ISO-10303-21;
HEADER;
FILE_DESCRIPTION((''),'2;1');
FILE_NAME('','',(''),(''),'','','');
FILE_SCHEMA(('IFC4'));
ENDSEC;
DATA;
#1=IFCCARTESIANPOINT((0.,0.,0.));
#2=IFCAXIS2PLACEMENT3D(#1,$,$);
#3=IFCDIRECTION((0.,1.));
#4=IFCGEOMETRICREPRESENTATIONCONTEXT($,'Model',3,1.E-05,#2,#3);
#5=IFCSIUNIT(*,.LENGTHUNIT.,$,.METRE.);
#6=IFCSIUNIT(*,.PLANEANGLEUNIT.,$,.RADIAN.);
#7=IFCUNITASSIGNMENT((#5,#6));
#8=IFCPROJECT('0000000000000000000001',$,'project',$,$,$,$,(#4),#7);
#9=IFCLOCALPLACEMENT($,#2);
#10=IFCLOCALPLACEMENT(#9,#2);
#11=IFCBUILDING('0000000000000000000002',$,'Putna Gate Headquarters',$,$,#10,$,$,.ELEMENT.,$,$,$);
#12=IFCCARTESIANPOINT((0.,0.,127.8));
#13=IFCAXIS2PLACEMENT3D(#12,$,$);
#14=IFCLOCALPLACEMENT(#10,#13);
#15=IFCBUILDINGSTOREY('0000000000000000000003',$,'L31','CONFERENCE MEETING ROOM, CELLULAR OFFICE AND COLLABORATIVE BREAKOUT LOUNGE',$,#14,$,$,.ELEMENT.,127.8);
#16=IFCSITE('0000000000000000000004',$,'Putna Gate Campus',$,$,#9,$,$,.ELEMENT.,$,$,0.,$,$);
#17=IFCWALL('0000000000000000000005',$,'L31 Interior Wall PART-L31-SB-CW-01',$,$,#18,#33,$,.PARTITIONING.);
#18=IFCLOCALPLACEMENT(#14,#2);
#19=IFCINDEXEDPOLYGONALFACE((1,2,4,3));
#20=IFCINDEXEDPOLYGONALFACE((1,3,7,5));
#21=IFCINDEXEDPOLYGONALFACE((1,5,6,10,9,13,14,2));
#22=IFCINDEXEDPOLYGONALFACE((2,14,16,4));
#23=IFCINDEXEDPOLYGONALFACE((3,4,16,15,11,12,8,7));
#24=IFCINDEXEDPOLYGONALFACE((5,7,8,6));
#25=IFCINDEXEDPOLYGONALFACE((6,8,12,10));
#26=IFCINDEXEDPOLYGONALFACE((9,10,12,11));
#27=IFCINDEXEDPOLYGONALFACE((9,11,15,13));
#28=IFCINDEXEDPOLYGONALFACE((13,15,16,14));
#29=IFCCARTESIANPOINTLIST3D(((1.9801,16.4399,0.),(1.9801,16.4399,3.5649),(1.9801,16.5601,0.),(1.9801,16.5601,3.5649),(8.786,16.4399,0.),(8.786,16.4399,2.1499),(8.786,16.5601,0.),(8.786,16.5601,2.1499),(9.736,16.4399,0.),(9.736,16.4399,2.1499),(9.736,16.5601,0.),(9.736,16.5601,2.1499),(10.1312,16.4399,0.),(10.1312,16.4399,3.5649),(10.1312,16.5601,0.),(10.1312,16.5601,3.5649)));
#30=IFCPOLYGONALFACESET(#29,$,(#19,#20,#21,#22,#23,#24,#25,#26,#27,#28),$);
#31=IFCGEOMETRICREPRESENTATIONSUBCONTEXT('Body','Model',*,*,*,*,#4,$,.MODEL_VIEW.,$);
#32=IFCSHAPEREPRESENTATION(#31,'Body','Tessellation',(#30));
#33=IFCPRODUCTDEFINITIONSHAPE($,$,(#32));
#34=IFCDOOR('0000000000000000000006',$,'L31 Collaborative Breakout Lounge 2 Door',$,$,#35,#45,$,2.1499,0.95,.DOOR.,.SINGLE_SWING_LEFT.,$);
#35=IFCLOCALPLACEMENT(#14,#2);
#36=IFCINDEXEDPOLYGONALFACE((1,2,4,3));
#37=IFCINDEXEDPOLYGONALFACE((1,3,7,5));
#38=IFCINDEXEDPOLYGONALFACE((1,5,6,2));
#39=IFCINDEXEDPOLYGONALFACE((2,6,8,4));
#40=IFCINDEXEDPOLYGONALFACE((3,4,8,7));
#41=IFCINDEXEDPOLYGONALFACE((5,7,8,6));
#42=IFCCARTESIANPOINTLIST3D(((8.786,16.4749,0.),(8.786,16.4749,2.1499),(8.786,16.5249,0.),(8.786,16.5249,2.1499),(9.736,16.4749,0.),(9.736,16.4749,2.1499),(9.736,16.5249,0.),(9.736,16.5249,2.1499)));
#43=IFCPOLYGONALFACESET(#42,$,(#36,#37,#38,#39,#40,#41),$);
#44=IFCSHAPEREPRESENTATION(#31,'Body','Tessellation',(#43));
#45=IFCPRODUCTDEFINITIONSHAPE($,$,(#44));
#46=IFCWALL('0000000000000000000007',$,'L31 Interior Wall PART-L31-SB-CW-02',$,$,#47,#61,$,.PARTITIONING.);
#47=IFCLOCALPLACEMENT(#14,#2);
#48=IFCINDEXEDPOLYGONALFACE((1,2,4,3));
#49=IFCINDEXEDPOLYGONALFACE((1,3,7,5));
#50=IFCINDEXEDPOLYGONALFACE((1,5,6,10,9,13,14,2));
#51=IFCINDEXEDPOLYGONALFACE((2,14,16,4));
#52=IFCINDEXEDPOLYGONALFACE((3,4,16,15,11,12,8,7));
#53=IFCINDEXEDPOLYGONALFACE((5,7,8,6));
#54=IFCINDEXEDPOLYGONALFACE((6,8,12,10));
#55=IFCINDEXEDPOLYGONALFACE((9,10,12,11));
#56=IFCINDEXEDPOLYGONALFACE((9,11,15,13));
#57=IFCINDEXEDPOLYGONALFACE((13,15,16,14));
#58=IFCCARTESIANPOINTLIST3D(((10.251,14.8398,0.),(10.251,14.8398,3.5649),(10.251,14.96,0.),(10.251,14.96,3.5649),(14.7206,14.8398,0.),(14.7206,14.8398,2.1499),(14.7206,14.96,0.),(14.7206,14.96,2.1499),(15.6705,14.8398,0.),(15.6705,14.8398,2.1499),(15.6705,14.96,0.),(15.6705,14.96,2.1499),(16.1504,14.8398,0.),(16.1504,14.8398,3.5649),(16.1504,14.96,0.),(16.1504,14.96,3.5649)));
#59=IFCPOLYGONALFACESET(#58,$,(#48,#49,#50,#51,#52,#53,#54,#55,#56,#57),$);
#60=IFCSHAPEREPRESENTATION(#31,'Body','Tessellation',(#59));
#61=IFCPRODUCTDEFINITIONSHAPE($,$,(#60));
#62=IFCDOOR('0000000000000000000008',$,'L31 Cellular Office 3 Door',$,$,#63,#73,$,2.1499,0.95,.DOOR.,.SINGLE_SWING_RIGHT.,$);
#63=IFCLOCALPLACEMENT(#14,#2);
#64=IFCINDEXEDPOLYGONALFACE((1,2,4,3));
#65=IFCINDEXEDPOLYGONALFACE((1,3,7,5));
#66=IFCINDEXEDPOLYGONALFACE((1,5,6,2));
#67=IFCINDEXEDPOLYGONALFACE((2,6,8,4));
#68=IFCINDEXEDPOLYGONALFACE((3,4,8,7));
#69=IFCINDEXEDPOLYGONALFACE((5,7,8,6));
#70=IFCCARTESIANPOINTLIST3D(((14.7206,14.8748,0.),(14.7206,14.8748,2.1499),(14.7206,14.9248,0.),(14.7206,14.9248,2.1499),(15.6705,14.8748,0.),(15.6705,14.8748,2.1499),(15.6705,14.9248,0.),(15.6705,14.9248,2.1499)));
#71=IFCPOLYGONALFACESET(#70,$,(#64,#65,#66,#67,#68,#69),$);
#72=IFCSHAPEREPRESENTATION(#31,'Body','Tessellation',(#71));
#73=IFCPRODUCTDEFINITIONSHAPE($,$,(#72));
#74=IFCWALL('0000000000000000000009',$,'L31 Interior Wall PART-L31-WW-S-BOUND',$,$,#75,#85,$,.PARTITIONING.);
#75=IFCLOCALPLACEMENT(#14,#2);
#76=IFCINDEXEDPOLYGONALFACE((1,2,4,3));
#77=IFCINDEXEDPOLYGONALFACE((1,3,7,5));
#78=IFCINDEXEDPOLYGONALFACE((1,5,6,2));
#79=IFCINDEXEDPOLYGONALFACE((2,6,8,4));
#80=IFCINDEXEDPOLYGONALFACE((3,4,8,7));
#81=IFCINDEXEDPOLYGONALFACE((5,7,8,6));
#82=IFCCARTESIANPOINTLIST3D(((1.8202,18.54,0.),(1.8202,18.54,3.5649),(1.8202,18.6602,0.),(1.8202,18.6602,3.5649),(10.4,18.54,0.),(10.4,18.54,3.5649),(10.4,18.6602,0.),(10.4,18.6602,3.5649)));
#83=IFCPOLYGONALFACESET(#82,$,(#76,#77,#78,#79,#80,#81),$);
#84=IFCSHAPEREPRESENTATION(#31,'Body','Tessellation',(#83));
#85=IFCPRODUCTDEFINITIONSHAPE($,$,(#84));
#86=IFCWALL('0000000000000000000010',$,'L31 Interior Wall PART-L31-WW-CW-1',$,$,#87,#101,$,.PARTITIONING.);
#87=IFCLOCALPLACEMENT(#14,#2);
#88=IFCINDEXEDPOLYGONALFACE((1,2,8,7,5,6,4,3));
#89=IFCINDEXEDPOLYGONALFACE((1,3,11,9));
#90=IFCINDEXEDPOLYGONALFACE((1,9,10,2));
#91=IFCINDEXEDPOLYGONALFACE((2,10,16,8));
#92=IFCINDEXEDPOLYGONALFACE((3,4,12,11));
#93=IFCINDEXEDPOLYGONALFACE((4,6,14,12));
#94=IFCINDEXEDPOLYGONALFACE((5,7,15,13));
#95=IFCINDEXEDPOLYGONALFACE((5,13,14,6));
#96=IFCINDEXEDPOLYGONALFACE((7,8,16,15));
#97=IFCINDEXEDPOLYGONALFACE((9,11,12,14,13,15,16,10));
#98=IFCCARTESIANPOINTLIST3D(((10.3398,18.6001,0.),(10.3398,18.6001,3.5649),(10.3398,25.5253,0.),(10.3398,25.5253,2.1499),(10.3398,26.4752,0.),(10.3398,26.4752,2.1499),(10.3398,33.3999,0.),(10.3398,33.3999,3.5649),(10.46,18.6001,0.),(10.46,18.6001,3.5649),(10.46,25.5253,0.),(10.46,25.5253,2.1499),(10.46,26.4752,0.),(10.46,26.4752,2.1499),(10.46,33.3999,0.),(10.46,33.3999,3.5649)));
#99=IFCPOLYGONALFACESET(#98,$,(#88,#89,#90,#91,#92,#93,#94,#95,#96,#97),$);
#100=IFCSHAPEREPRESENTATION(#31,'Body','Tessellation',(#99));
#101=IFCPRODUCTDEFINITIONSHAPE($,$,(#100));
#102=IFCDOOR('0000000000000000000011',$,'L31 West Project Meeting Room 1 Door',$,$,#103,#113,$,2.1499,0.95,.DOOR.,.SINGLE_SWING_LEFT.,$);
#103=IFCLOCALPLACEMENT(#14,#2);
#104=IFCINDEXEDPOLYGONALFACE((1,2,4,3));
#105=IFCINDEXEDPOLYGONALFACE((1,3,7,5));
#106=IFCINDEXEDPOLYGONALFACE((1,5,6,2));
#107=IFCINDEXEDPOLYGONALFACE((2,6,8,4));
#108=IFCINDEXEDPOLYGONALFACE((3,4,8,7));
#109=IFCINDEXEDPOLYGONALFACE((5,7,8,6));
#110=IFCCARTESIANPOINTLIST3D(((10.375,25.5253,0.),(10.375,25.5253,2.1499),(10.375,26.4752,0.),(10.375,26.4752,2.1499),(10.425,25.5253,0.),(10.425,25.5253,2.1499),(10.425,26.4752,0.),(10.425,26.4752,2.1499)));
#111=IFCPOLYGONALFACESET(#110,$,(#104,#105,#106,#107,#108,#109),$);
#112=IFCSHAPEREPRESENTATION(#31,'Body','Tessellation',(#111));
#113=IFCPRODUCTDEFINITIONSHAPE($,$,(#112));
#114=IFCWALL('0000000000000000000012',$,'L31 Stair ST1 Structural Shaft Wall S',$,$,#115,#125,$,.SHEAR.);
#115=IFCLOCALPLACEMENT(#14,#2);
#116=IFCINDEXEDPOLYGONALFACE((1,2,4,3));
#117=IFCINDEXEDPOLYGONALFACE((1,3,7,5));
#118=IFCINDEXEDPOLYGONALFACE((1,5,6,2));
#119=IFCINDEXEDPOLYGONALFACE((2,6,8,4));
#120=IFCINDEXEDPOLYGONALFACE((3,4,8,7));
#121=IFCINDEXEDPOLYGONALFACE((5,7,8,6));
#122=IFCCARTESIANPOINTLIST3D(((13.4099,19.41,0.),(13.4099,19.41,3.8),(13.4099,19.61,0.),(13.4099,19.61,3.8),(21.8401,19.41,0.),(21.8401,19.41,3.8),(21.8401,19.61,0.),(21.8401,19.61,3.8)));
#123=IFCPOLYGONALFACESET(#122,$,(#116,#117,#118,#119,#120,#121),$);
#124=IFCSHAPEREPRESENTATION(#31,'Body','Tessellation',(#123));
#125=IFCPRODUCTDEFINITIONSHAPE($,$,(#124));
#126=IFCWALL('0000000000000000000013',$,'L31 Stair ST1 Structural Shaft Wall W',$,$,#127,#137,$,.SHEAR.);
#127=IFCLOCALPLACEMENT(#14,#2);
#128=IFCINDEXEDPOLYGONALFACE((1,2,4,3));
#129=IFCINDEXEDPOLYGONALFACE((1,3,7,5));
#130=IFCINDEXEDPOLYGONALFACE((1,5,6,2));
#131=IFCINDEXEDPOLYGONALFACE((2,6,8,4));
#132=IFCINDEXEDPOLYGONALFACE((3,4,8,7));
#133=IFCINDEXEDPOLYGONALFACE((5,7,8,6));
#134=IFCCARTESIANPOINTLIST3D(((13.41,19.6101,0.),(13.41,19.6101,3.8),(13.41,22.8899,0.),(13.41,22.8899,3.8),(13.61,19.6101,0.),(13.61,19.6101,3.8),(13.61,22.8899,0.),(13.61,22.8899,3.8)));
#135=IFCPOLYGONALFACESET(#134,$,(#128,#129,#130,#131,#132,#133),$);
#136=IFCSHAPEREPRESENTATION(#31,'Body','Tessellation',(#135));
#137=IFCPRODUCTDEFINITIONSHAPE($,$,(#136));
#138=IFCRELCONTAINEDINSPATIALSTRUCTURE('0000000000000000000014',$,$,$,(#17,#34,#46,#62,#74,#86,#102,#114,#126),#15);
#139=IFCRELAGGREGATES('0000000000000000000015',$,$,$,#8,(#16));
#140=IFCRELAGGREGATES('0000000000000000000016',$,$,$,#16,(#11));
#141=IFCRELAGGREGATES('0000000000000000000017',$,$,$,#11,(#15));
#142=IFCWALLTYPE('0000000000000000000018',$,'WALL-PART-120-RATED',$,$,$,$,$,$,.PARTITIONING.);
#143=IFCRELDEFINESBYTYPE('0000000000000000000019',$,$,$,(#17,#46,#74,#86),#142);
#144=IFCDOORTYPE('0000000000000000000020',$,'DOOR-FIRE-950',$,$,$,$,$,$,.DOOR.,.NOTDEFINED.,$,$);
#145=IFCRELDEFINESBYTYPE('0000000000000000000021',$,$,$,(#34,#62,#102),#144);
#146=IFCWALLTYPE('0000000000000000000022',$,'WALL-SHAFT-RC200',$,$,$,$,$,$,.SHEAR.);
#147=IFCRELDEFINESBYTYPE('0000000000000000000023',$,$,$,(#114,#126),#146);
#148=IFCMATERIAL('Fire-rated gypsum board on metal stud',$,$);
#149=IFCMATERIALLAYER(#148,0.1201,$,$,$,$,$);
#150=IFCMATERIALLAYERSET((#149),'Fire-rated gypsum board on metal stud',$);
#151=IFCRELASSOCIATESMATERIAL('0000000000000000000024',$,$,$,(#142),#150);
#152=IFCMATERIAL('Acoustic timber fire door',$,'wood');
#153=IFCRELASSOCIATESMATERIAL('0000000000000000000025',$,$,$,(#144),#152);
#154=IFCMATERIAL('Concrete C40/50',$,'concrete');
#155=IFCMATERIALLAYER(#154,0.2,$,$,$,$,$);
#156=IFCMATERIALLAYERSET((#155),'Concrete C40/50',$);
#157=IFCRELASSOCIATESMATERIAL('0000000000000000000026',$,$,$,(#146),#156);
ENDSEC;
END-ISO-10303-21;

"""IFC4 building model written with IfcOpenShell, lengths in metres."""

from ifc_helpers import new_model, si_unit, direction, frame, frame_2d, origin, place, context, subcontext, project, spatial, rectangle, extrude, material, layer, layer_set, type_object, element, fill, save


model = new_model("IFC4")

# Units and contexts
model_context = context("Model", 3, precision=1e-05, world=origin(), true_north=direction((0.0, 1.0)))
body_context = subcontext(model_context, "Body", "Model", "MODEL_VIEW")
ifc_project = project(units=[si_unit("LENGTHUNIT", "METRE"), si_unit("PLANEANGLEUNIT", "RADIAN")], contexts=[model_context])

# Site, building, storey
site_placement = place(None, origin())
site = spatial("IfcSite", under=ifc_project, at=site_placement, Name="Putna Gate Campus", CompositionType="ELEMENT", RefElevation=0.0)
building_placement = place(site_placement, origin())
building = spatial("IfcBuilding", under=site, at=building_placement, Name="Putna Gate Headquarters", CompositionType="ELEMENT")
storey_placement = place(building_placement, frame((0.0, 0.0, 127.8)))
storey = spatial("IfcBuildingStorey", under=building, at=storey_placement, Name="L31", Description="CONFERENCE MEETING ROOM, CELLULAR OFFICE AND COLLABORATIVE BREAKOUT LOUNGE", CompositionType="ELEMENT", Elevation=127.8)

# Shared definitions
ifc_material_1 = material(Name="Fire-rated gypsum board on metal stud")
ifc_layer_1 = layer(ifc_material_1, 0.1201)
ifc_layer_set_1 = layer_set([ifc_layer_1], Name="Fire-rated gypsum board on metal stud")
wall_type_1 = type_object("IfcWallType", Name="WALL-PART-120-RATED", PredefinedType="PARTITIONING", material=ifc_layer_set_1)

# Walls, openings, doors
wall_1_placement = place(storey_placement, frame((1.98, 16.5, 0.0), z_axis=(0.0, 0.0, 1.0), x_axis=(1.0, 0.0, 0.0)))
wall_1 = element("IfcWall", 1, at=wall_1_placement, inside=storey, type_object=wall_type_1, Name="L31 Interior Wall PART-L31-SB-CW-01", PredefinedType="PARTITIONING", context=body_context, shape_type="SweptSolid", body=[
    extrude(rectangle(XDim=8.1511, YDim=0.1201, at=frame_2d((4.0757, 0.0))), origin(), (0.0, 0.0, 1.0), 3.5649),
])
opening_1_placement = place(wall_1_placement, frame((6.8059, 0.0, 0.0)))
opening_1 = element("IfcOpeningElement", 2, at=opening_1_placement, cuts=wall_1, PredefinedType="OPENING", context=body_context, shape_type="SweptSolid", body=[
    extrude(rectangle(XDim=0.95, YDim=2.1499, at=frame_2d((0.4751, 1.075))), frame((0.0, 0.0701, 0.0), z_axis=(0.0, -1.0, 0.0), x_axis=(1.0, 0.0, 0.0)), (0.0, 0.0, 1.0), 0.1401),
])
ifc_material_2 = material(Name="Acoustic timber fire door", Category="wood")
door_type_1 = type_object("IfcDoorType", Name="DOOR-FIRE-950", OperationType="NOTDEFINED", PredefinedType="DOOR", material=ifc_material_2)
door_1_placement = place(opening_1_placement, origin())
door_1 = element("IfcDoor", 3, at=door_1_placement, inside=storey, type_object=door_type_1, Name="L31 Collaborative Breakout Lounge 2 Door", OperationType="SINGLE_SWING_LEFT", OverallHeight=2.1499, OverallWidth=0.95, PredefinedType="DOOR", context=body_context, shape_type="SweptSolid", body=[
    extrude(rectangle(XDim=0.95, YDim=2.1499, at=frame_2d((0.4751, 1.075))), frame((0.0, 0.0249, 0.0), z_axis=(0.0, -1.0, 0.0), x_axis=(1.0, 0.0, 0.0)), (0.0, 0.0, 1.0), 0.05),
])
fill(opening_1, door_1)
wall_2_placement = place(storey_placement, frame((10.251, 14.8999, 0.0), z_axis=(0.0, 0.0, 1.0), x_axis=(1.0, 0.0, 0.0)))
wall_2 = element("IfcWall", 4, at=wall_2_placement, inside=storey, type_object=wall_type_1, Name="L31 Interior Wall PART-L31-SB-CW-02", PredefinedType="PARTITIONING", context=body_context, shape_type="SweptSolid", body=[
    extrude(rectangle(XDim=5.8994, YDim=0.1201, at=frame_2d((2.9497, 0.0))), origin(), (0.0, 0.0, 1.0), 3.5649),
])
opening_2_placement = place(wall_2_placement, frame((4.4695, 0.0, 0.0)))
opening_2 = element("IfcOpeningElement", 5, at=opening_2_placement, cuts=wall_2, PredefinedType="OPENING", context=body_context, shape_type="SweptSolid", body=[
    extrude(rectangle(XDim=0.95, YDim=2.1499, at=frame_2d((0.4751, 1.075))), frame((0.0, 0.0701, 0.0), z_axis=(0.0, -1.0, 0.0), x_axis=(1.0, 0.0, 0.0)), (0.0, 0.0, 1.0), 0.1401),
])
door_2_placement = place(opening_2_placement, origin())
door_2 = element("IfcDoor", 6, at=door_2_placement, inside=storey, type_object=door_type_1, Name="L31 Cellular Office 3 Door", OperationType="SINGLE_SWING_RIGHT", OverallHeight=2.1499, OverallWidth=0.95, PredefinedType="DOOR", context=body_context, shape_type="SweptSolid", body=[
    extrude(rectangle(XDim=0.95, YDim=2.1499, at=frame_2d((0.4751, 1.075))), frame((0.0, 0.0249, 0.0), z_axis=(0.0, -1.0, 0.0), x_axis=(1.0, 0.0, 0.0)), (0.0, 0.0, 1.0), 0.05),
])
fill(opening_2, door_2)

# Wall
wall_3_placement = place(storey_placement, frame((1.8201, 18.6001, 0.0), z_axis=(0.0, 0.0, 1.0), x_axis=(1.0, 0.0, 0.0)))
element("IfcWall", 7, at=wall_3_placement, inside=storey, type_object=wall_type_1, Name="L31 Interior Wall PART-L31-WW-S-BOUND", PredefinedType="PARTITIONING", context=body_context, shape_type="SweptSolid", body=[
    extrude(rectangle(XDim=8.5798, YDim=0.1201, at=frame_2d((4.29, 0.0))), origin(), (0.0, 0.0, 1.0), 3.5649),
])

# Wall, opening, door
wall_4_placement = place(storey_placement, frame((10.3999, 18.6001, 0.0), z_axis=(0.0, 0.0, 1.0), x_axis=(0.0, 1.0, 0.0)))
wall_4 = element("IfcWall", 8, at=wall_4_placement, inside=storey, type_object=wall_type_1, Name="L31 Interior Wall PART-L31-WW-CW-1", PredefinedType="PARTITIONING", context=body_context, shape_type="SweptSolid", body=[
    extrude(rectangle(XDim=14.7998, YDim=0.1201, at=frame_2d((7.3999, 0.0))), origin(), (0.0, 0.0, 1.0), 3.5649),
])
opening_3_placement = place(wall_4_placement, frame((6.925, 0.0, 0.0)))
opening_3 = element("IfcOpeningElement", 9, at=opening_3_placement, cuts=wall_4, PredefinedType="OPENING", context=body_context, shape_type="SweptSolid", body=[
    extrude(rectangle(XDim=0.95, YDim=2.1499, at=frame_2d((0.4751, 1.075))), frame((0.0, 0.0701, 0.0), z_axis=(0.0, -1.0, 0.0), x_axis=(1.0, 0.0, 0.0)), (0.0, 0.0, 1.0), 0.1401),
])
door_3_placement = place(opening_3_placement, origin())
door_3 = element("IfcDoor", 10, at=door_3_placement, inside=storey, type_object=door_type_1, Name="L31 West Project Meeting Room 1 Door", OperationType="SINGLE_SWING_LEFT", OverallHeight=2.1499, OverallWidth=0.95, PredefinedType="DOOR", context=body_context, shape_type="SweptSolid", body=[
    extrude(rectangle(XDim=0.95, YDim=2.1499, at=frame_2d((0.4751, 1.075))), frame((0.0, 0.0249, 0.0), z_axis=(0.0, -1.0, 0.0), x_axis=(1.0, 0.0, 0.0)), (0.0, 0.0, 1.0), 0.05),
])
fill(opening_3, door_3)

# Walls
ifc_material_3 = material(Name="Concrete C40/50", Category="concrete")
ifc_layer_2 = layer(ifc_material_3, 0.2)
ifc_layer_set_2 = layer_set([ifc_layer_2], Name="Concrete C40/50")
wall_type_2 = type_object("IfcWallType", Name="WALL-SHAFT-RC200", PredefinedType="SHEAR", material=ifc_layer_set_2)
wall_5_placement = place(storey_placement, frame((13.4099, 19.51, 0.0), z_axis=(0.0, 0.0, 1.0), x_axis=(1.0, 0.0, 0.0)))
element("IfcWall", 11, at=wall_5_placement, inside=storey, type_object=wall_type_2, Name="L31 Stair ST1 Structural Shaft Wall S", PredefinedType="SHEAR", context=body_context, shape_type="SweptSolid", body=[
    extrude(rectangle(XDim=8.4302, YDim=0.2, at=frame_2d((4.2151, 0.0))), origin(), (0.0, 0.0, 1.0), 3.8),
])
wall_6_placement = place(storey_placement, frame((13.51, 19.6101, 0.0), z_axis=(0.0, 0.0, 1.0), x_axis=(0.0, 1.0, 0.0)))
element("IfcWall", 12, at=wall_6_placement, inside=storey, type_object=wall_type_2, Name="L31 Stair ST1 Structural Shaft Wall W", PredefinedType="SHEAR", context=body_context, shape_type="SweptSolid", body=[
    extrude(rectangle(XDim=3.2798, YDim=0.2, at=frame_2d((1.6399, 0.0))), origin(), (0.0, 0.0, 1.0), 3.8),
])

save(model, "model.ifc")
